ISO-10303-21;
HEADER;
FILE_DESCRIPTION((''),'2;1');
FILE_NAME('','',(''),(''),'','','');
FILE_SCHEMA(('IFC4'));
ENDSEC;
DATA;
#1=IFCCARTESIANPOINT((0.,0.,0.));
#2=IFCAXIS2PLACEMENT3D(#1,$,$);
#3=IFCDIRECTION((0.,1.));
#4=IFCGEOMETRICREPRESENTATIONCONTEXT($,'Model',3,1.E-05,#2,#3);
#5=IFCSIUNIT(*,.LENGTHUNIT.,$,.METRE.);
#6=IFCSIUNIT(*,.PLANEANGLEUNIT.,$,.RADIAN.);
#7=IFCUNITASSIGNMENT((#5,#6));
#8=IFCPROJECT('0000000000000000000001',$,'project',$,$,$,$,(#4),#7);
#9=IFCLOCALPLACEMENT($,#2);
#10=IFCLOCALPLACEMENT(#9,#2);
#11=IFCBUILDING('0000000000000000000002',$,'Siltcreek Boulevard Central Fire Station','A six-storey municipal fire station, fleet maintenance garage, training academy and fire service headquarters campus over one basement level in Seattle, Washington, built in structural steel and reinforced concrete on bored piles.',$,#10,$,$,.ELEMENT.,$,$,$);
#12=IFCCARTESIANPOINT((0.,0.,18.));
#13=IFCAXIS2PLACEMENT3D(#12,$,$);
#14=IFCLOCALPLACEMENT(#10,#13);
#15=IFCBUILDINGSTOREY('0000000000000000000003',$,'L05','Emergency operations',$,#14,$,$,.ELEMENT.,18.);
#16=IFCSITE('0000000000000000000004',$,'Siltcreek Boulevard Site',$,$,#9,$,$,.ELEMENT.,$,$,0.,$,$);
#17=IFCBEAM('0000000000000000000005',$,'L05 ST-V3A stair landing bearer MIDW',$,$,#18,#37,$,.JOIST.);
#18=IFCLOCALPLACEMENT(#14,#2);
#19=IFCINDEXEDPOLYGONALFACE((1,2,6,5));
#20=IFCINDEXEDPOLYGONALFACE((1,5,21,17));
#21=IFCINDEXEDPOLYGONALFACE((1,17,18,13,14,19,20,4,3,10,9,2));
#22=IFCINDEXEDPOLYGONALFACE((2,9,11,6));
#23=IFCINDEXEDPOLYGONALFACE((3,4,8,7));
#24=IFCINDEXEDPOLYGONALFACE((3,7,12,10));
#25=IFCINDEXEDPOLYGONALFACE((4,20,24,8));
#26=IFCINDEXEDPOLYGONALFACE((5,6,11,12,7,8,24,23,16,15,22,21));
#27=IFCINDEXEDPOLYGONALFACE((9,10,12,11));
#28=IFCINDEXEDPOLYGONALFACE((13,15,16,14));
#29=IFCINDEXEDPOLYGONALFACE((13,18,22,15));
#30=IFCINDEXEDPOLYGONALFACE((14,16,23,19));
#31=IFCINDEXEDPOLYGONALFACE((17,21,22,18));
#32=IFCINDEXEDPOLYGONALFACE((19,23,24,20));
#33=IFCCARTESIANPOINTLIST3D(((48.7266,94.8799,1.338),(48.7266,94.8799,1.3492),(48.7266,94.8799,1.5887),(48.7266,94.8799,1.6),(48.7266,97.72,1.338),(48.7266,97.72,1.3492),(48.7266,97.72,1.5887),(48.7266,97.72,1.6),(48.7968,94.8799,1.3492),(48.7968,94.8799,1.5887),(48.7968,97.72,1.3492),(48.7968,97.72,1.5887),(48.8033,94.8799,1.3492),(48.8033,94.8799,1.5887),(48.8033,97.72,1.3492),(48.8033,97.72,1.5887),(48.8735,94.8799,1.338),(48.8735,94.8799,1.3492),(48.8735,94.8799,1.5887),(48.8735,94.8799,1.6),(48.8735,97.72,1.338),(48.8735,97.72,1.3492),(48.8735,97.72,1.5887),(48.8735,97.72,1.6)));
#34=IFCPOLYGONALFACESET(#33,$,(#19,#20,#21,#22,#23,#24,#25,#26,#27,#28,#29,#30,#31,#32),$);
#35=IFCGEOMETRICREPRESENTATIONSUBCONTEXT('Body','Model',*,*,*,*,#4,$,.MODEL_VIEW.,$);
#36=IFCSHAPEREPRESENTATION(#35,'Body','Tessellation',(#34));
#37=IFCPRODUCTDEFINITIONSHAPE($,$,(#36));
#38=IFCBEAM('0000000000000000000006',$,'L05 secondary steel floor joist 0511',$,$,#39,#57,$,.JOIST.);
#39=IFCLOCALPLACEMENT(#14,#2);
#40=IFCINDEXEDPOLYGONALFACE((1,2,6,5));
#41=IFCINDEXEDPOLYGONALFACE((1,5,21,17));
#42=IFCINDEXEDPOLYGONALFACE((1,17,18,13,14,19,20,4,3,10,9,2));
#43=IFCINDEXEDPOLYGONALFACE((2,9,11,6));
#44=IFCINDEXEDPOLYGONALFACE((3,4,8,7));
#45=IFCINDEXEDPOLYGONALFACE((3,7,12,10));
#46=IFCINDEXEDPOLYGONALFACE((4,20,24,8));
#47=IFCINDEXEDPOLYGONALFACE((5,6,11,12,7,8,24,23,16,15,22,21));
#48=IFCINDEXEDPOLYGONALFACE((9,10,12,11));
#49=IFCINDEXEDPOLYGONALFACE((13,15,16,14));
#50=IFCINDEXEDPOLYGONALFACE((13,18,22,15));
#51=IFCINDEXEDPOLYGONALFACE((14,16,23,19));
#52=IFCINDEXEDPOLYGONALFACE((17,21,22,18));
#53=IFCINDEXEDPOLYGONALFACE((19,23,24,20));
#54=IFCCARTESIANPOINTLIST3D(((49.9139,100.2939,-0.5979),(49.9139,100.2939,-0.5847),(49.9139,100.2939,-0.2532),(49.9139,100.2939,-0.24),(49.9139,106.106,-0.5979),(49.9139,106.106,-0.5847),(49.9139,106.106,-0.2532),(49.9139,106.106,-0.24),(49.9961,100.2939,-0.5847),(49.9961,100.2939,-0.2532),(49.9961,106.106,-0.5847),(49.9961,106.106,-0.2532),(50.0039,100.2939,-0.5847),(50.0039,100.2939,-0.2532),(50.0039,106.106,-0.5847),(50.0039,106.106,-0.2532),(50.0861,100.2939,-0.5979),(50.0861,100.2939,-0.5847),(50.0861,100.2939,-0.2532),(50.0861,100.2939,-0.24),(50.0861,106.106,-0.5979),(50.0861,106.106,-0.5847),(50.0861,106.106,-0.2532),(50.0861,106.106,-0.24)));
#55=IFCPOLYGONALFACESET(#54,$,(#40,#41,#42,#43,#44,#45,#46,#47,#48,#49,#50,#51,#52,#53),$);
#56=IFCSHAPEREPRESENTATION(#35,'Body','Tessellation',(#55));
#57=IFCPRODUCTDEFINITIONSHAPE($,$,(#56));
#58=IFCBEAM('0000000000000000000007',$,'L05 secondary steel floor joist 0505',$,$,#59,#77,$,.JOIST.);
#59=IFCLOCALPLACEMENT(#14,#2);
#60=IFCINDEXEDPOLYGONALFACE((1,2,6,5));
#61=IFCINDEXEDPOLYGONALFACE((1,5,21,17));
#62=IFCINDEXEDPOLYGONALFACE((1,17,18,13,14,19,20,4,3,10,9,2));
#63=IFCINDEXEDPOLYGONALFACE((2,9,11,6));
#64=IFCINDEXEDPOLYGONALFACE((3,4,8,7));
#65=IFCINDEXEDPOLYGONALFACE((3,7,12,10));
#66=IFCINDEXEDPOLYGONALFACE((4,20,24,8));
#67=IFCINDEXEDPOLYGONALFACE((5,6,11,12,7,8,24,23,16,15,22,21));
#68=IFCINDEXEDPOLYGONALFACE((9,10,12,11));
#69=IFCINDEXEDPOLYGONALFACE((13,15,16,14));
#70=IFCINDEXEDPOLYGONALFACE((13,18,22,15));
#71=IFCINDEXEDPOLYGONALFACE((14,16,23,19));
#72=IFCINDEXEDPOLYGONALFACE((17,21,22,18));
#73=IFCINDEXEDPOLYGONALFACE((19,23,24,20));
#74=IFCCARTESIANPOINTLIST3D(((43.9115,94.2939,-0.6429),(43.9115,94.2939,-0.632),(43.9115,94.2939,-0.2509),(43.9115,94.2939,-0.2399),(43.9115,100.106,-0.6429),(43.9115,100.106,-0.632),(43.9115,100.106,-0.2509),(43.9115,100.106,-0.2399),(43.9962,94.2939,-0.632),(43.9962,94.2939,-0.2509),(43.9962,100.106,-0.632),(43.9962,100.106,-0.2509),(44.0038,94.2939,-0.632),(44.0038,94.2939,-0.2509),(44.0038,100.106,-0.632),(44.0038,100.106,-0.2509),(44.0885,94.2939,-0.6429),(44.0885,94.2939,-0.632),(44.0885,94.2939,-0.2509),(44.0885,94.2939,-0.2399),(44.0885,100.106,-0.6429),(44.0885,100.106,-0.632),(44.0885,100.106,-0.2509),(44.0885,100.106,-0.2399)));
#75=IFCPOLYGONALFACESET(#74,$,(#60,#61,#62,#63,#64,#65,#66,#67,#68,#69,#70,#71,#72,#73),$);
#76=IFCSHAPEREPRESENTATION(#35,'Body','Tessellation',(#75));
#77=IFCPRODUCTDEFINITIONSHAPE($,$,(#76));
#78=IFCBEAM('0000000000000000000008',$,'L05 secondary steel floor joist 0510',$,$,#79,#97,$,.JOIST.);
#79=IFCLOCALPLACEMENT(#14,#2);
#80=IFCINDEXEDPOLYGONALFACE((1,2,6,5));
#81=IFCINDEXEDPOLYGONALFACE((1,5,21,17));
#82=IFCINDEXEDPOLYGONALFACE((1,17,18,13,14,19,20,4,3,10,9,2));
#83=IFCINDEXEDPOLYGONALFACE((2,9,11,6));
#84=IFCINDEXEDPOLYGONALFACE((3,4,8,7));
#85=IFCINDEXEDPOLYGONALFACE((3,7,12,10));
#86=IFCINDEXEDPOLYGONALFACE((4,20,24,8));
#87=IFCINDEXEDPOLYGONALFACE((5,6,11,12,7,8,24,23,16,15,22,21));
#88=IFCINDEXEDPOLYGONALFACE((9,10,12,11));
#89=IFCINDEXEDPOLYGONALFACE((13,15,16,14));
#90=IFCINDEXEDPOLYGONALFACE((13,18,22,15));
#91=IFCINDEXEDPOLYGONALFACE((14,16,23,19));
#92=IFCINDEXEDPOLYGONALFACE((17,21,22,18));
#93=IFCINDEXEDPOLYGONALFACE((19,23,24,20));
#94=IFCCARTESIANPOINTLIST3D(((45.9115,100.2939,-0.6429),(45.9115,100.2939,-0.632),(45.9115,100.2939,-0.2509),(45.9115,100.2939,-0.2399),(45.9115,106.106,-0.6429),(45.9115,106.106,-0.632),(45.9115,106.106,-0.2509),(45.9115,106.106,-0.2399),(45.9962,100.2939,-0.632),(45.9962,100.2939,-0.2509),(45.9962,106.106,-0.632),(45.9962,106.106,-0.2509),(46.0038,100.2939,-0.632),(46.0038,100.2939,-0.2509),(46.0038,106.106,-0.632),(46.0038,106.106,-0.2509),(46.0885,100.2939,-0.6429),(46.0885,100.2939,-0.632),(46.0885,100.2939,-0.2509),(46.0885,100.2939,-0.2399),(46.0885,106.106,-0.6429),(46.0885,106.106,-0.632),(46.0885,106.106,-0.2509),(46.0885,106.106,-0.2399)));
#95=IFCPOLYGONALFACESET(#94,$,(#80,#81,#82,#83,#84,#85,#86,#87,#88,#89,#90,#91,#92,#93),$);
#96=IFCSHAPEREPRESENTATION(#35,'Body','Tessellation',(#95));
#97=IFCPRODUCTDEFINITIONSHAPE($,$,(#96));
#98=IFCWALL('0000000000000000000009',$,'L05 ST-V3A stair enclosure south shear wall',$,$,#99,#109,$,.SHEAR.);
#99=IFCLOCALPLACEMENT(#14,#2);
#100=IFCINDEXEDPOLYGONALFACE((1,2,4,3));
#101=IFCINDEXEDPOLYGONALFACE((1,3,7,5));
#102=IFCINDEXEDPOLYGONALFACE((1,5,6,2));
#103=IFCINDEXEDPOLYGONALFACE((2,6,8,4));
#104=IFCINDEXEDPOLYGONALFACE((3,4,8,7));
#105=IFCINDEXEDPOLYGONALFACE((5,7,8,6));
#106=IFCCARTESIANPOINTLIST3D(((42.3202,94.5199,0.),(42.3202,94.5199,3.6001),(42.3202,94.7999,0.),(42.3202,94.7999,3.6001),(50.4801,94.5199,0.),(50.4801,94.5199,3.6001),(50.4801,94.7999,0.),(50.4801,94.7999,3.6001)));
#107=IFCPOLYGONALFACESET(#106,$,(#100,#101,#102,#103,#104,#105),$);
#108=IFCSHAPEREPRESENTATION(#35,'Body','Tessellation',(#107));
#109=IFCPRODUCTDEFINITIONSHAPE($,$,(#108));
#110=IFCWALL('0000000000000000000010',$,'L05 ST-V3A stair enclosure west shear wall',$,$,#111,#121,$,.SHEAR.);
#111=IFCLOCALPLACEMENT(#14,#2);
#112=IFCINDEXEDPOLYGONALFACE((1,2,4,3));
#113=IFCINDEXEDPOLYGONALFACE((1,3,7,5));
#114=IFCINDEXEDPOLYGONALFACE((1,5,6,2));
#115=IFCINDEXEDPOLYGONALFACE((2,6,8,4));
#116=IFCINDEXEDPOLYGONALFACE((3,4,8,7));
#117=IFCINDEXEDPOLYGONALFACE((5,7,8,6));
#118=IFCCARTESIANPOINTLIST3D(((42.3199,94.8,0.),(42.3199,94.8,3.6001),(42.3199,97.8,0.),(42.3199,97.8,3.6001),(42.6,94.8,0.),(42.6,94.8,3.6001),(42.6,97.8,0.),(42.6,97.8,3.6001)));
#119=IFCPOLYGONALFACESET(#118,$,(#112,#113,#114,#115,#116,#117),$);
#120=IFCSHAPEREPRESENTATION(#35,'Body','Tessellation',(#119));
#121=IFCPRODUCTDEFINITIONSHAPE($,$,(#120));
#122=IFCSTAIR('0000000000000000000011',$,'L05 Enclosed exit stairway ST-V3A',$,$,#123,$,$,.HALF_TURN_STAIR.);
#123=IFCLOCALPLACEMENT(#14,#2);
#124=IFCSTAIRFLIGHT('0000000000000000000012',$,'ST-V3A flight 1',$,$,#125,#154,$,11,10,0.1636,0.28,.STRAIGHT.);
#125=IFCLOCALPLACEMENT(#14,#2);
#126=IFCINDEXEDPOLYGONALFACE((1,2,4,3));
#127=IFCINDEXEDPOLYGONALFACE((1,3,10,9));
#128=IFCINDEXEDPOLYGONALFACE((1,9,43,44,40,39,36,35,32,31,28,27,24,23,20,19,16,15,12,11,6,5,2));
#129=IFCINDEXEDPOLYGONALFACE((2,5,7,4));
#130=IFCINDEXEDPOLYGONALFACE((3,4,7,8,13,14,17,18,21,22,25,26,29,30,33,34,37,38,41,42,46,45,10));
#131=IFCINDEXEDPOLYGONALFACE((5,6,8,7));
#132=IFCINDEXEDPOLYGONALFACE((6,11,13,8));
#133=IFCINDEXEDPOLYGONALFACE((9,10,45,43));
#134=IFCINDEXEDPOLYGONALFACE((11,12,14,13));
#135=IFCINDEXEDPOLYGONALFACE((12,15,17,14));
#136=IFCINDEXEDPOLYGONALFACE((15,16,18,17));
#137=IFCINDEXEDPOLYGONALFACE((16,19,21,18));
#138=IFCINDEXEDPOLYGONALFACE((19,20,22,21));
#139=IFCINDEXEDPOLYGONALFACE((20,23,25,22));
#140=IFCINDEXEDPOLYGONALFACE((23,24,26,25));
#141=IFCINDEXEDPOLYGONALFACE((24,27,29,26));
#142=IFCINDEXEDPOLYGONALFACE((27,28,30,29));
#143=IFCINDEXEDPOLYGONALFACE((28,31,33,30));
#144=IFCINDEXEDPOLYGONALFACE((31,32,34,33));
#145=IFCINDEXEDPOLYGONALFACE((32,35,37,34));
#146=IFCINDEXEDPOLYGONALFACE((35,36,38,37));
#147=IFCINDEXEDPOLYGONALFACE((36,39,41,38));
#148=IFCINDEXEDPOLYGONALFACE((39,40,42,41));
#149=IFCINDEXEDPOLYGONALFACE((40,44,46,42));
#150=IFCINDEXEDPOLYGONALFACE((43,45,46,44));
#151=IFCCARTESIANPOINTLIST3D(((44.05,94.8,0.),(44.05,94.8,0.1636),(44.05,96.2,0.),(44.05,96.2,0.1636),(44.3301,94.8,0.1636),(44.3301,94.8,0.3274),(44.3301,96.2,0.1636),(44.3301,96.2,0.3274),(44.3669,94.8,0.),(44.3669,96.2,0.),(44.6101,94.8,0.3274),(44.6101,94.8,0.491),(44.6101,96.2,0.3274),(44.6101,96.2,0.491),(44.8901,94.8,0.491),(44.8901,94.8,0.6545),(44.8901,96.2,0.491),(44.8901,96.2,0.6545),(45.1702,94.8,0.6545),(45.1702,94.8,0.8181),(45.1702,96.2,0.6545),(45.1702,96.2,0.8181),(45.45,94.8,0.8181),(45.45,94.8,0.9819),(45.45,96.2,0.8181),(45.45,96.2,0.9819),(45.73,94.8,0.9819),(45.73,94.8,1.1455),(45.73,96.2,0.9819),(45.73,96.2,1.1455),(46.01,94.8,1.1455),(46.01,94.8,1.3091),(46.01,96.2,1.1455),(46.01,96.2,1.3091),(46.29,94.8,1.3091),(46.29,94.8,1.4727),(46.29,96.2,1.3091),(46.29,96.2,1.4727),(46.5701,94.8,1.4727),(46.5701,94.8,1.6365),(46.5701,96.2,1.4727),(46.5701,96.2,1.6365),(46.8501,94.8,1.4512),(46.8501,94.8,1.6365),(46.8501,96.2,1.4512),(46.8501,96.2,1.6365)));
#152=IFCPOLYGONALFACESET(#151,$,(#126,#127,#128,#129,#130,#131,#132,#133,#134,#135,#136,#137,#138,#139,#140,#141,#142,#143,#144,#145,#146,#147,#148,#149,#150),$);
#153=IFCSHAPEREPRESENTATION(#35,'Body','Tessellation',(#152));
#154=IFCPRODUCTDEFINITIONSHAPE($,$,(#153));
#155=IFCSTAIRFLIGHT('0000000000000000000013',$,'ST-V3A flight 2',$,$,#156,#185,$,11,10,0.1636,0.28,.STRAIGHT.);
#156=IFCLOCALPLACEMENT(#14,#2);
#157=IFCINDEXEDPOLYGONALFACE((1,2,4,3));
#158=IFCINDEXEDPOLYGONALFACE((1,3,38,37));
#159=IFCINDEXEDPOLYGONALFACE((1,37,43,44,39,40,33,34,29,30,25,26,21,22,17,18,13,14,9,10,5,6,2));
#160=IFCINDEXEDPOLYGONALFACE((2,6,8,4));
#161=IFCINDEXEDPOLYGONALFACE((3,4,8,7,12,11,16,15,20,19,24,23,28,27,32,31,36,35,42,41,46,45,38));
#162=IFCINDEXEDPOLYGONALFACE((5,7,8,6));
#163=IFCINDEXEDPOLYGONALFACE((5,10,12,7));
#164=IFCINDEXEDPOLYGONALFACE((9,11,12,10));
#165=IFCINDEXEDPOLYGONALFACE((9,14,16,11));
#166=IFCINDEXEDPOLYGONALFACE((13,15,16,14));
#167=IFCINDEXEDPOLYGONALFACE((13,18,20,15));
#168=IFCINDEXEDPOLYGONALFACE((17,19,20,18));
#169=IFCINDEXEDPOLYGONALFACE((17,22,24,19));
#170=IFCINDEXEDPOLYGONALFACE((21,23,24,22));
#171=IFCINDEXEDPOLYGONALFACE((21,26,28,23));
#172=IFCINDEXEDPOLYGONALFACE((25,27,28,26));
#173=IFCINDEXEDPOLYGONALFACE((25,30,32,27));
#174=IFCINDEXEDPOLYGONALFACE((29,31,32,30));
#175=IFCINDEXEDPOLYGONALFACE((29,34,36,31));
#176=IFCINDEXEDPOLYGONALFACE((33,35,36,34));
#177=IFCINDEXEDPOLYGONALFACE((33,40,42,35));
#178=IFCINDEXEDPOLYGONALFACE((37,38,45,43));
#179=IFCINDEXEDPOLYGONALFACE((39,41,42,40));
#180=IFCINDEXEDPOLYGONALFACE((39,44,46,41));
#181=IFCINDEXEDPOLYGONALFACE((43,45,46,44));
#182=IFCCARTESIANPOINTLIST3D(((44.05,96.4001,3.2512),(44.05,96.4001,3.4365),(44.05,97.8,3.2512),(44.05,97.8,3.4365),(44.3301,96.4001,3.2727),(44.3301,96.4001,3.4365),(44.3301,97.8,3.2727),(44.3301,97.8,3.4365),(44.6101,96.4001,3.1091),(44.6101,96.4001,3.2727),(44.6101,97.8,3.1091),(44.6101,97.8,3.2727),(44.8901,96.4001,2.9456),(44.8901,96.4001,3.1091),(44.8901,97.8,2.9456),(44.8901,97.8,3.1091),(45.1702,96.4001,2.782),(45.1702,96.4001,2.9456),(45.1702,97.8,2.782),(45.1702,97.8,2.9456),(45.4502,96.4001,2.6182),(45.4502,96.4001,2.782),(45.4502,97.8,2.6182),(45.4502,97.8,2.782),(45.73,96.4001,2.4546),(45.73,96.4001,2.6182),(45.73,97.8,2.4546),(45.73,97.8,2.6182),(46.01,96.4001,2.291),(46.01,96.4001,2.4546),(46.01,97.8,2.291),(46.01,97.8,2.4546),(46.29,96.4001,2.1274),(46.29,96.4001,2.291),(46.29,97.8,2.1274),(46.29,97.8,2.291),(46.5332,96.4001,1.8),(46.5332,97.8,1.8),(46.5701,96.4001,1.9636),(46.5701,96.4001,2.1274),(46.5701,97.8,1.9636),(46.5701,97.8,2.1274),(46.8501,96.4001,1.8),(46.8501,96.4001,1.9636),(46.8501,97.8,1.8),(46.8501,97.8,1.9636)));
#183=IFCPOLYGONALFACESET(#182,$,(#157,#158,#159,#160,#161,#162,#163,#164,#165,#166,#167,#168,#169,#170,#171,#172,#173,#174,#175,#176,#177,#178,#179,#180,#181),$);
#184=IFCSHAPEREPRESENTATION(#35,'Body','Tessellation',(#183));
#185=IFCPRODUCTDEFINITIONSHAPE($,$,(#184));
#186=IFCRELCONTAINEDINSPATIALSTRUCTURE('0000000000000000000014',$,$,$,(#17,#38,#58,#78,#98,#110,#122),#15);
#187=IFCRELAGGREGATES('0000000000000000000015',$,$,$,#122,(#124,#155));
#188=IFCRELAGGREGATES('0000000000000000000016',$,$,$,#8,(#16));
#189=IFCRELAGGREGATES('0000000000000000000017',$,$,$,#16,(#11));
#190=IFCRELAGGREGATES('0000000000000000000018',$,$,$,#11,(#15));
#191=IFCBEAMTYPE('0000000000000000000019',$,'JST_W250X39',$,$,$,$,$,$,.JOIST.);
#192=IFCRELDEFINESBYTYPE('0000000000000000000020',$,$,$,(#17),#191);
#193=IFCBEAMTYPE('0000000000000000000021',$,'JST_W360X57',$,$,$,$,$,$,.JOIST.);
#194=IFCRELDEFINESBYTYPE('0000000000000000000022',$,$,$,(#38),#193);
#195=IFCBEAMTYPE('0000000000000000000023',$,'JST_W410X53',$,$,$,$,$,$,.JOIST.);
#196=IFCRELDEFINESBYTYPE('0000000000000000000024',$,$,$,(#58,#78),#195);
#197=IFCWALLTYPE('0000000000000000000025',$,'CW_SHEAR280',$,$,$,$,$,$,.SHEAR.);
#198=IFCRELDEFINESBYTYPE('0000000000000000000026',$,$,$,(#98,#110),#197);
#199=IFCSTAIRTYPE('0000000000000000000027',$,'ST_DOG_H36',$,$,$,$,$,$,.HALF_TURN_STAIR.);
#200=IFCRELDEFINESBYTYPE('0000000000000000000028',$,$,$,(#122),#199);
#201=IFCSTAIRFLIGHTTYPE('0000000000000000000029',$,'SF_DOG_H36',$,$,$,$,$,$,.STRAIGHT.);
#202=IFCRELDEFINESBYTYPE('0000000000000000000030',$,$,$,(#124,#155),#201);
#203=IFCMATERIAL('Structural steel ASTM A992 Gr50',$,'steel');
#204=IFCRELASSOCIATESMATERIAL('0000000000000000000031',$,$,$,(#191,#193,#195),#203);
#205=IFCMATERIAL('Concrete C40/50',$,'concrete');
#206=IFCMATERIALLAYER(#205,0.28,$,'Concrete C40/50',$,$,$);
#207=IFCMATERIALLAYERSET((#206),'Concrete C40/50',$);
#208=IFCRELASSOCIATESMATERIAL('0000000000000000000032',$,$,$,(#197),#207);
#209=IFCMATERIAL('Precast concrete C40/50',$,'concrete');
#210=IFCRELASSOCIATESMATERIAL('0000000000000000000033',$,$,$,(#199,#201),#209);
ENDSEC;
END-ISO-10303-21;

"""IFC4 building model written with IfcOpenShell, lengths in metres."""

from ifc_helpers import new_model, si_unit, direction, frame, frame_2d, origin, origin_2d, place, context, subcontext, project, spatial, polyline, rectangle, i_section, outline, extrude, material, layer, layer_set, material_profile, profile_set, type_object, element, aggregate, save


model = new_model("IFC4")

# Units and contexts
model_context = context("Model", 3, precision=1e-05, world=origin(), true_north=direction((0.0, 1.0)))
body_context = subcontext(model_context, "Body", "Model", "MODEL_VIEW")
ifc_project = project(units=[si_unit("LENGTHUNIT", "METRE"), si_unit("PLANEANGLEUNIT", "RADIAN")], contexts=[model_context])

# Site, building, storey
site_placement = place(None, origin())
site = spatial("IfcSite", under=ifc_project, at=site_placement, Name="Siltcreek Boulevard Site", CompositionType="ELEMENT", RefElevation=0.0)
building_placement = place(site_placement, origin())
building = spatial("IfcBuilding", under=site, at=building_placement, Name="Siltcreek Boulevard Central Fire Station", Description="A six-storey municipal fire station, fleet maintenance garage, training academy and fire service headquarters campus over one basement level in Seattle, Washington, built in structural steel and reinforced concrete on bored piles.", CompositionType="ELEMENT")
storey_placement = place(building_placement, frame((0.0, 0.0, 18.0)))
storey = spatial("IfcBuildingStorey", under=building, at=storey_placement, Name="L05", Description="Emergency operations", CompositionType="ELEMENT", Elevation=18.0)

# Shared definitions
ifc_material_1 = material(Name="Structural steel ASTM A992 Gr50", Category="steel")

# Beams
ifc_material_profile_1 = material_profile(ifc_material_1, i_section(OverallWidth=0.147, OverallDepth=0.262, WebThickness=0.0066, FlangeThickness=0.0112, at=origin_2d()), Name="W250X39")
ifc_profile_set_1 = profile_set([ifc_material_profile_1], Name="Structural steel ASTM A992 Gr50")
beam_type_1 = type_object("IfcBeamType", Name="JST_W250X39", PredefinedType="JOIST", material=ifc_profile_set_1)
beam_1_placement = place(storey_placement, frame((48.8, 94.8799, 1.469), z_axis=(0.0, 1.0, 0.0), x_axis=(-1.0, 0.0, 0.0)))
element("IfcBeam", 1, at=beam_1_placement, inside=storey, type_object=beam_type_1, Name="L05 ST-V3A stair landing bearer MIDW", PredefinedType="JOIST", context=body_context, shape_type="SweptSolid", body=[
    extrude(i_section(OverallWidth=0.147, OverallDepth=0.262, WebThickness=0.0066, FlangeThickness=0.0112, at=origin_2d()), origin(), (0.0, 0.0, 1.0), 2.8401),
])
ifc_material_profile_2 = material_profile(ifc_material_1, i_section(OverallWidth=0.1721, OverallDepth=0.3579, WebThickness=0.0078, FlangeThickness=0.0132, at=origin_2d()), Name="W360X57")
ifc_profile_set_2 = profile_set([ifc_material_profile_2], Name="Structural steel ASTM A992 Gr50")
beam_type_2 = type_object("IfcBeamType", Name="JST_W360X57", PredefinedType="JOIST", material=ifc_profile_set_2)
beam_2_placement = place(storey_placement, frame((50.0, 100.2939, -0.4189), z_axis=(0.0, 1.0, 0.0), x_axis=(-1.0, 0.0, 0.0)))
element("IfcBeam", 2, at=beam_2_placement, inside=storey, type_object=beam_type_2, Name="L05 secondary steel floor joist 0511", PredefinedType="JOIST", context=body_context, shape_type="SweptSolid", body=[
    extrude(i_section(OverallWidth=0.1721, OverallDepth=0.3579, WebThickness=0.0078, FlangeThickness=0.0132, at=origin_2d()), origin(), (0.0, 0.0, 1.0), 5.812),
])
ifc_material_profile_3 = material_profile(ifc_material_1, i_section(OverallWidth=0.177, OverallDepth=0.4031, WebThickness=0.0076, FlangeThickness=0.011, at=origin_2d()), Name="W410X53")
ifc_profile_set_3 = profile_set([ifc_material_profile_3], Name="Structural steel ASTM A992 Gr50")
beam_type_3 = type_object("IfcBeamType", Name="JST_W410X53", PredefinedType="JOIST", material=ifc_profile_set_3)
for number, where, z_axis, x_axis, name in (
    (3, (44.0, 94.2939, -0.4414), (0.0, 1.0, 0.0), (-1.0, 0.0, 0.0), "L05 secondary steel floor joist 0505"),
    (4, (46.0, 100.2939, -0.4414), (0.0, 1.0, 0.0), (-1.0, 0.0, 0.0), "L05 secondary steel floor joist 0510"),
):
    element("IfcBeam", number, at=place(storey_placement, frame(where, z_axis=z_axis, x_axis=x_axis)), inside=storey, type_object=beam_type_3, Name=name, PredefinedType="JOIST", context=body_context, shape_type="SweptSolid", body=[
        extrude(i_section(OverallWidth=0.177, OverallDepth=0.4031, WebThickness=0.0076, FlangeThickness=0.011, at=origin_2d()), origin(), (0.0, 0.0, 1.0), 5.812),
    ])

# Walls
ifc_material_2 = material(Name="Concrete C40/50", Category="concrete")
ifc_layer = layer(ifc_material_2, 0.28, Name="Concrete C40/50")
ifc_layer_set = layer_set([ifc_layer], Name="Concrete C40/50")
wall_type = type_object("IfcWallType", Name="CW_SHEAR280", PredefinedType="SHEAR", material=ifc_layer_set)
wall_1_placement = place(storey_placement, frame((42.3201, 94.6599, 0.0), z_axis=(0.0, 0.0, 1.0), x_axis=(1.0, 0.0, 0.0)))
element("IfcWall", 5, at=wall_1_placement, inside=storey, type_object=wall_type, Name="L05 ST-V3A stair enclosure south shear wall", PredefinedType="SHEAR", context=body_context, shape_type="SweptSolid", body=[
    extrude(rectangle(XDim=8.1599, YDim=0.28, at=frame_2d((4.0801, 0.0))), origin(), (0.0, 0.0, 1.0), 3.6001),
])
wall_2_placement = place(storey_placement, frame((42.46, 97.8, 0.0), z_axis=(0.0, 0.0, 1.0), x_axis=(0.0, -1.0, 0.0)))
element("IfcWall", 6, at=wall_2_placement, inside=storey, type_object=wall_type, Name="L05 ST-V3A stair enclosure west shear wall", PredefinedType="SHEAR", context=body_context, shape_type="SweptSolid", body=[
    extrude(rectangle(XDim=3.0, YDim=0.28, at=frame_2d((1.5, 0.0))), origin(), (0.0, 0.0, 1.0), 3.6001),
])

# Stair, stair flights
ifc_material_3 = material(Name="Precast concrete C40/50", Category="concrete")
stair_type = type_object("IfcStairType", Name="ST_DOG_H36", PredefinedType="HALF_TURN_STAIR", material=ifc_material_3)
stair_placement = place(storey_placement, origin())
stair = element("IfcStair", 7, at=stair_placement, inside=storey, type_object=stair_type, Name="L05 Enclosed exit stairway ST-V3A", PredefinedType="HALF_TURN_STAIR")
stair_flight_type = type_object("IfcStairFlightType", Name="SF_DOG_H36", PredefinedType="STRAIGHT", material=ifc_material_3)
stair_flight_1_placement = place(storey_placement, frame((44.05, 95.5, 0.0), z_axis=(0.0, 0.0, 1.0), x_axis=(1.0, 0.0, 0.0)))
stair_flight_1 = element("IfcStairFlight", 8, at=stair_flight_1_placement, type_object=stair_flight_type, Name="ST-V3A flight 1", NumberOfRisers=11, NumberOfTreads=10, PredefinedType="STRAIGHT", RiserHeight=0.1636, TreadLength=0.28, context=body_context, shape_type="SweptSolid", body=[
    extrude(outline(polyline([(0.0, 0.0), (0.0, 0.1636), (0.28, 0.1636), (0.28, 0.3274), (0.5601, 0.3274), (0.5601, 0.491), (0.8401, 0.491), (0.8401, 0.6545), (1.1201, 0.6545), (1.1201, 0.8181), (1.3999, 0.8181), (1.3999, 0.9819), (1.6799, 0.9819), (1.6799, 1.1455), (1.96, 1.1455), (1.96, 1.3091), (2.24, 1.3091), (2.24, 1.4727), (2.52, 1.4727), (2.52, 1.6365), (2.8, 1.6365), (2.8, 1.8), (2.8, 1.4512), (0.3169, 0.0), (0.0, 0.0)])), frame((0.0, 0.7, 0.0), z_axis=(0.0, -1.0, 0.0), x_axis=(1.0, 0.0, 0.0)), (0.0, 0.0, 1.0), 1.3999),
])
stair_flight_2_placement = place(storey_placement, frame((46.8501, 97.1001, 1.8), z_axis=(0.0, 0.0, 1.0), x_axis=(-1.0, 0.0, 0.0)))
stair_flight_2 = element("IfcStairFlight", 9, at=stair_flight_2_placement, type_object=stair_flight_type, Name="ST-V3A flight 2", NumberOfRisers=11, NumberOfTreads=10, PredefinedType="STRAIGHT", RiserHeight=0.1636, TreadLength=0.28, context=body_context, shape_type="SweptSolid", body=[
    extrude(outline(polyline([(0.0, 0.0), (0.0, 0.1636), (0.28, 0.1636), (0.28, 0.3274), (0.5601, 0.3274), (0.5601, 0.491), (0.8401, 0.491), (0.8401, 0.6545), (1.1201, 0.6545), (1.1201, 0.8181), (1.3999, 0.8181), (1.3999, 0.9819), (1.6799, 0.9819), (1.6799, 1.1455), (1.96, 1.1455), (1.96, 1.3091), (2.24, 1.3091), (2.24, 1.4727), (2.52, 1.4727), (2.52, 1.6365), (2.8, 1.6365), (2.8, 1.8), (2.8, 1.4512), (0.3169, 0.0), (0.0, 0.0)])), frame((0.0, 0.7, 0.0), z_axis=(0.0, -1.0, 0.0), x_axis=(1.0, 0.0, 0.0)), (0.0, 0.0, 1.0), 1.3999),
])
aggregate(stair, [stair_flight_1, stair_flight_2])

save(model, "model.ifc")
